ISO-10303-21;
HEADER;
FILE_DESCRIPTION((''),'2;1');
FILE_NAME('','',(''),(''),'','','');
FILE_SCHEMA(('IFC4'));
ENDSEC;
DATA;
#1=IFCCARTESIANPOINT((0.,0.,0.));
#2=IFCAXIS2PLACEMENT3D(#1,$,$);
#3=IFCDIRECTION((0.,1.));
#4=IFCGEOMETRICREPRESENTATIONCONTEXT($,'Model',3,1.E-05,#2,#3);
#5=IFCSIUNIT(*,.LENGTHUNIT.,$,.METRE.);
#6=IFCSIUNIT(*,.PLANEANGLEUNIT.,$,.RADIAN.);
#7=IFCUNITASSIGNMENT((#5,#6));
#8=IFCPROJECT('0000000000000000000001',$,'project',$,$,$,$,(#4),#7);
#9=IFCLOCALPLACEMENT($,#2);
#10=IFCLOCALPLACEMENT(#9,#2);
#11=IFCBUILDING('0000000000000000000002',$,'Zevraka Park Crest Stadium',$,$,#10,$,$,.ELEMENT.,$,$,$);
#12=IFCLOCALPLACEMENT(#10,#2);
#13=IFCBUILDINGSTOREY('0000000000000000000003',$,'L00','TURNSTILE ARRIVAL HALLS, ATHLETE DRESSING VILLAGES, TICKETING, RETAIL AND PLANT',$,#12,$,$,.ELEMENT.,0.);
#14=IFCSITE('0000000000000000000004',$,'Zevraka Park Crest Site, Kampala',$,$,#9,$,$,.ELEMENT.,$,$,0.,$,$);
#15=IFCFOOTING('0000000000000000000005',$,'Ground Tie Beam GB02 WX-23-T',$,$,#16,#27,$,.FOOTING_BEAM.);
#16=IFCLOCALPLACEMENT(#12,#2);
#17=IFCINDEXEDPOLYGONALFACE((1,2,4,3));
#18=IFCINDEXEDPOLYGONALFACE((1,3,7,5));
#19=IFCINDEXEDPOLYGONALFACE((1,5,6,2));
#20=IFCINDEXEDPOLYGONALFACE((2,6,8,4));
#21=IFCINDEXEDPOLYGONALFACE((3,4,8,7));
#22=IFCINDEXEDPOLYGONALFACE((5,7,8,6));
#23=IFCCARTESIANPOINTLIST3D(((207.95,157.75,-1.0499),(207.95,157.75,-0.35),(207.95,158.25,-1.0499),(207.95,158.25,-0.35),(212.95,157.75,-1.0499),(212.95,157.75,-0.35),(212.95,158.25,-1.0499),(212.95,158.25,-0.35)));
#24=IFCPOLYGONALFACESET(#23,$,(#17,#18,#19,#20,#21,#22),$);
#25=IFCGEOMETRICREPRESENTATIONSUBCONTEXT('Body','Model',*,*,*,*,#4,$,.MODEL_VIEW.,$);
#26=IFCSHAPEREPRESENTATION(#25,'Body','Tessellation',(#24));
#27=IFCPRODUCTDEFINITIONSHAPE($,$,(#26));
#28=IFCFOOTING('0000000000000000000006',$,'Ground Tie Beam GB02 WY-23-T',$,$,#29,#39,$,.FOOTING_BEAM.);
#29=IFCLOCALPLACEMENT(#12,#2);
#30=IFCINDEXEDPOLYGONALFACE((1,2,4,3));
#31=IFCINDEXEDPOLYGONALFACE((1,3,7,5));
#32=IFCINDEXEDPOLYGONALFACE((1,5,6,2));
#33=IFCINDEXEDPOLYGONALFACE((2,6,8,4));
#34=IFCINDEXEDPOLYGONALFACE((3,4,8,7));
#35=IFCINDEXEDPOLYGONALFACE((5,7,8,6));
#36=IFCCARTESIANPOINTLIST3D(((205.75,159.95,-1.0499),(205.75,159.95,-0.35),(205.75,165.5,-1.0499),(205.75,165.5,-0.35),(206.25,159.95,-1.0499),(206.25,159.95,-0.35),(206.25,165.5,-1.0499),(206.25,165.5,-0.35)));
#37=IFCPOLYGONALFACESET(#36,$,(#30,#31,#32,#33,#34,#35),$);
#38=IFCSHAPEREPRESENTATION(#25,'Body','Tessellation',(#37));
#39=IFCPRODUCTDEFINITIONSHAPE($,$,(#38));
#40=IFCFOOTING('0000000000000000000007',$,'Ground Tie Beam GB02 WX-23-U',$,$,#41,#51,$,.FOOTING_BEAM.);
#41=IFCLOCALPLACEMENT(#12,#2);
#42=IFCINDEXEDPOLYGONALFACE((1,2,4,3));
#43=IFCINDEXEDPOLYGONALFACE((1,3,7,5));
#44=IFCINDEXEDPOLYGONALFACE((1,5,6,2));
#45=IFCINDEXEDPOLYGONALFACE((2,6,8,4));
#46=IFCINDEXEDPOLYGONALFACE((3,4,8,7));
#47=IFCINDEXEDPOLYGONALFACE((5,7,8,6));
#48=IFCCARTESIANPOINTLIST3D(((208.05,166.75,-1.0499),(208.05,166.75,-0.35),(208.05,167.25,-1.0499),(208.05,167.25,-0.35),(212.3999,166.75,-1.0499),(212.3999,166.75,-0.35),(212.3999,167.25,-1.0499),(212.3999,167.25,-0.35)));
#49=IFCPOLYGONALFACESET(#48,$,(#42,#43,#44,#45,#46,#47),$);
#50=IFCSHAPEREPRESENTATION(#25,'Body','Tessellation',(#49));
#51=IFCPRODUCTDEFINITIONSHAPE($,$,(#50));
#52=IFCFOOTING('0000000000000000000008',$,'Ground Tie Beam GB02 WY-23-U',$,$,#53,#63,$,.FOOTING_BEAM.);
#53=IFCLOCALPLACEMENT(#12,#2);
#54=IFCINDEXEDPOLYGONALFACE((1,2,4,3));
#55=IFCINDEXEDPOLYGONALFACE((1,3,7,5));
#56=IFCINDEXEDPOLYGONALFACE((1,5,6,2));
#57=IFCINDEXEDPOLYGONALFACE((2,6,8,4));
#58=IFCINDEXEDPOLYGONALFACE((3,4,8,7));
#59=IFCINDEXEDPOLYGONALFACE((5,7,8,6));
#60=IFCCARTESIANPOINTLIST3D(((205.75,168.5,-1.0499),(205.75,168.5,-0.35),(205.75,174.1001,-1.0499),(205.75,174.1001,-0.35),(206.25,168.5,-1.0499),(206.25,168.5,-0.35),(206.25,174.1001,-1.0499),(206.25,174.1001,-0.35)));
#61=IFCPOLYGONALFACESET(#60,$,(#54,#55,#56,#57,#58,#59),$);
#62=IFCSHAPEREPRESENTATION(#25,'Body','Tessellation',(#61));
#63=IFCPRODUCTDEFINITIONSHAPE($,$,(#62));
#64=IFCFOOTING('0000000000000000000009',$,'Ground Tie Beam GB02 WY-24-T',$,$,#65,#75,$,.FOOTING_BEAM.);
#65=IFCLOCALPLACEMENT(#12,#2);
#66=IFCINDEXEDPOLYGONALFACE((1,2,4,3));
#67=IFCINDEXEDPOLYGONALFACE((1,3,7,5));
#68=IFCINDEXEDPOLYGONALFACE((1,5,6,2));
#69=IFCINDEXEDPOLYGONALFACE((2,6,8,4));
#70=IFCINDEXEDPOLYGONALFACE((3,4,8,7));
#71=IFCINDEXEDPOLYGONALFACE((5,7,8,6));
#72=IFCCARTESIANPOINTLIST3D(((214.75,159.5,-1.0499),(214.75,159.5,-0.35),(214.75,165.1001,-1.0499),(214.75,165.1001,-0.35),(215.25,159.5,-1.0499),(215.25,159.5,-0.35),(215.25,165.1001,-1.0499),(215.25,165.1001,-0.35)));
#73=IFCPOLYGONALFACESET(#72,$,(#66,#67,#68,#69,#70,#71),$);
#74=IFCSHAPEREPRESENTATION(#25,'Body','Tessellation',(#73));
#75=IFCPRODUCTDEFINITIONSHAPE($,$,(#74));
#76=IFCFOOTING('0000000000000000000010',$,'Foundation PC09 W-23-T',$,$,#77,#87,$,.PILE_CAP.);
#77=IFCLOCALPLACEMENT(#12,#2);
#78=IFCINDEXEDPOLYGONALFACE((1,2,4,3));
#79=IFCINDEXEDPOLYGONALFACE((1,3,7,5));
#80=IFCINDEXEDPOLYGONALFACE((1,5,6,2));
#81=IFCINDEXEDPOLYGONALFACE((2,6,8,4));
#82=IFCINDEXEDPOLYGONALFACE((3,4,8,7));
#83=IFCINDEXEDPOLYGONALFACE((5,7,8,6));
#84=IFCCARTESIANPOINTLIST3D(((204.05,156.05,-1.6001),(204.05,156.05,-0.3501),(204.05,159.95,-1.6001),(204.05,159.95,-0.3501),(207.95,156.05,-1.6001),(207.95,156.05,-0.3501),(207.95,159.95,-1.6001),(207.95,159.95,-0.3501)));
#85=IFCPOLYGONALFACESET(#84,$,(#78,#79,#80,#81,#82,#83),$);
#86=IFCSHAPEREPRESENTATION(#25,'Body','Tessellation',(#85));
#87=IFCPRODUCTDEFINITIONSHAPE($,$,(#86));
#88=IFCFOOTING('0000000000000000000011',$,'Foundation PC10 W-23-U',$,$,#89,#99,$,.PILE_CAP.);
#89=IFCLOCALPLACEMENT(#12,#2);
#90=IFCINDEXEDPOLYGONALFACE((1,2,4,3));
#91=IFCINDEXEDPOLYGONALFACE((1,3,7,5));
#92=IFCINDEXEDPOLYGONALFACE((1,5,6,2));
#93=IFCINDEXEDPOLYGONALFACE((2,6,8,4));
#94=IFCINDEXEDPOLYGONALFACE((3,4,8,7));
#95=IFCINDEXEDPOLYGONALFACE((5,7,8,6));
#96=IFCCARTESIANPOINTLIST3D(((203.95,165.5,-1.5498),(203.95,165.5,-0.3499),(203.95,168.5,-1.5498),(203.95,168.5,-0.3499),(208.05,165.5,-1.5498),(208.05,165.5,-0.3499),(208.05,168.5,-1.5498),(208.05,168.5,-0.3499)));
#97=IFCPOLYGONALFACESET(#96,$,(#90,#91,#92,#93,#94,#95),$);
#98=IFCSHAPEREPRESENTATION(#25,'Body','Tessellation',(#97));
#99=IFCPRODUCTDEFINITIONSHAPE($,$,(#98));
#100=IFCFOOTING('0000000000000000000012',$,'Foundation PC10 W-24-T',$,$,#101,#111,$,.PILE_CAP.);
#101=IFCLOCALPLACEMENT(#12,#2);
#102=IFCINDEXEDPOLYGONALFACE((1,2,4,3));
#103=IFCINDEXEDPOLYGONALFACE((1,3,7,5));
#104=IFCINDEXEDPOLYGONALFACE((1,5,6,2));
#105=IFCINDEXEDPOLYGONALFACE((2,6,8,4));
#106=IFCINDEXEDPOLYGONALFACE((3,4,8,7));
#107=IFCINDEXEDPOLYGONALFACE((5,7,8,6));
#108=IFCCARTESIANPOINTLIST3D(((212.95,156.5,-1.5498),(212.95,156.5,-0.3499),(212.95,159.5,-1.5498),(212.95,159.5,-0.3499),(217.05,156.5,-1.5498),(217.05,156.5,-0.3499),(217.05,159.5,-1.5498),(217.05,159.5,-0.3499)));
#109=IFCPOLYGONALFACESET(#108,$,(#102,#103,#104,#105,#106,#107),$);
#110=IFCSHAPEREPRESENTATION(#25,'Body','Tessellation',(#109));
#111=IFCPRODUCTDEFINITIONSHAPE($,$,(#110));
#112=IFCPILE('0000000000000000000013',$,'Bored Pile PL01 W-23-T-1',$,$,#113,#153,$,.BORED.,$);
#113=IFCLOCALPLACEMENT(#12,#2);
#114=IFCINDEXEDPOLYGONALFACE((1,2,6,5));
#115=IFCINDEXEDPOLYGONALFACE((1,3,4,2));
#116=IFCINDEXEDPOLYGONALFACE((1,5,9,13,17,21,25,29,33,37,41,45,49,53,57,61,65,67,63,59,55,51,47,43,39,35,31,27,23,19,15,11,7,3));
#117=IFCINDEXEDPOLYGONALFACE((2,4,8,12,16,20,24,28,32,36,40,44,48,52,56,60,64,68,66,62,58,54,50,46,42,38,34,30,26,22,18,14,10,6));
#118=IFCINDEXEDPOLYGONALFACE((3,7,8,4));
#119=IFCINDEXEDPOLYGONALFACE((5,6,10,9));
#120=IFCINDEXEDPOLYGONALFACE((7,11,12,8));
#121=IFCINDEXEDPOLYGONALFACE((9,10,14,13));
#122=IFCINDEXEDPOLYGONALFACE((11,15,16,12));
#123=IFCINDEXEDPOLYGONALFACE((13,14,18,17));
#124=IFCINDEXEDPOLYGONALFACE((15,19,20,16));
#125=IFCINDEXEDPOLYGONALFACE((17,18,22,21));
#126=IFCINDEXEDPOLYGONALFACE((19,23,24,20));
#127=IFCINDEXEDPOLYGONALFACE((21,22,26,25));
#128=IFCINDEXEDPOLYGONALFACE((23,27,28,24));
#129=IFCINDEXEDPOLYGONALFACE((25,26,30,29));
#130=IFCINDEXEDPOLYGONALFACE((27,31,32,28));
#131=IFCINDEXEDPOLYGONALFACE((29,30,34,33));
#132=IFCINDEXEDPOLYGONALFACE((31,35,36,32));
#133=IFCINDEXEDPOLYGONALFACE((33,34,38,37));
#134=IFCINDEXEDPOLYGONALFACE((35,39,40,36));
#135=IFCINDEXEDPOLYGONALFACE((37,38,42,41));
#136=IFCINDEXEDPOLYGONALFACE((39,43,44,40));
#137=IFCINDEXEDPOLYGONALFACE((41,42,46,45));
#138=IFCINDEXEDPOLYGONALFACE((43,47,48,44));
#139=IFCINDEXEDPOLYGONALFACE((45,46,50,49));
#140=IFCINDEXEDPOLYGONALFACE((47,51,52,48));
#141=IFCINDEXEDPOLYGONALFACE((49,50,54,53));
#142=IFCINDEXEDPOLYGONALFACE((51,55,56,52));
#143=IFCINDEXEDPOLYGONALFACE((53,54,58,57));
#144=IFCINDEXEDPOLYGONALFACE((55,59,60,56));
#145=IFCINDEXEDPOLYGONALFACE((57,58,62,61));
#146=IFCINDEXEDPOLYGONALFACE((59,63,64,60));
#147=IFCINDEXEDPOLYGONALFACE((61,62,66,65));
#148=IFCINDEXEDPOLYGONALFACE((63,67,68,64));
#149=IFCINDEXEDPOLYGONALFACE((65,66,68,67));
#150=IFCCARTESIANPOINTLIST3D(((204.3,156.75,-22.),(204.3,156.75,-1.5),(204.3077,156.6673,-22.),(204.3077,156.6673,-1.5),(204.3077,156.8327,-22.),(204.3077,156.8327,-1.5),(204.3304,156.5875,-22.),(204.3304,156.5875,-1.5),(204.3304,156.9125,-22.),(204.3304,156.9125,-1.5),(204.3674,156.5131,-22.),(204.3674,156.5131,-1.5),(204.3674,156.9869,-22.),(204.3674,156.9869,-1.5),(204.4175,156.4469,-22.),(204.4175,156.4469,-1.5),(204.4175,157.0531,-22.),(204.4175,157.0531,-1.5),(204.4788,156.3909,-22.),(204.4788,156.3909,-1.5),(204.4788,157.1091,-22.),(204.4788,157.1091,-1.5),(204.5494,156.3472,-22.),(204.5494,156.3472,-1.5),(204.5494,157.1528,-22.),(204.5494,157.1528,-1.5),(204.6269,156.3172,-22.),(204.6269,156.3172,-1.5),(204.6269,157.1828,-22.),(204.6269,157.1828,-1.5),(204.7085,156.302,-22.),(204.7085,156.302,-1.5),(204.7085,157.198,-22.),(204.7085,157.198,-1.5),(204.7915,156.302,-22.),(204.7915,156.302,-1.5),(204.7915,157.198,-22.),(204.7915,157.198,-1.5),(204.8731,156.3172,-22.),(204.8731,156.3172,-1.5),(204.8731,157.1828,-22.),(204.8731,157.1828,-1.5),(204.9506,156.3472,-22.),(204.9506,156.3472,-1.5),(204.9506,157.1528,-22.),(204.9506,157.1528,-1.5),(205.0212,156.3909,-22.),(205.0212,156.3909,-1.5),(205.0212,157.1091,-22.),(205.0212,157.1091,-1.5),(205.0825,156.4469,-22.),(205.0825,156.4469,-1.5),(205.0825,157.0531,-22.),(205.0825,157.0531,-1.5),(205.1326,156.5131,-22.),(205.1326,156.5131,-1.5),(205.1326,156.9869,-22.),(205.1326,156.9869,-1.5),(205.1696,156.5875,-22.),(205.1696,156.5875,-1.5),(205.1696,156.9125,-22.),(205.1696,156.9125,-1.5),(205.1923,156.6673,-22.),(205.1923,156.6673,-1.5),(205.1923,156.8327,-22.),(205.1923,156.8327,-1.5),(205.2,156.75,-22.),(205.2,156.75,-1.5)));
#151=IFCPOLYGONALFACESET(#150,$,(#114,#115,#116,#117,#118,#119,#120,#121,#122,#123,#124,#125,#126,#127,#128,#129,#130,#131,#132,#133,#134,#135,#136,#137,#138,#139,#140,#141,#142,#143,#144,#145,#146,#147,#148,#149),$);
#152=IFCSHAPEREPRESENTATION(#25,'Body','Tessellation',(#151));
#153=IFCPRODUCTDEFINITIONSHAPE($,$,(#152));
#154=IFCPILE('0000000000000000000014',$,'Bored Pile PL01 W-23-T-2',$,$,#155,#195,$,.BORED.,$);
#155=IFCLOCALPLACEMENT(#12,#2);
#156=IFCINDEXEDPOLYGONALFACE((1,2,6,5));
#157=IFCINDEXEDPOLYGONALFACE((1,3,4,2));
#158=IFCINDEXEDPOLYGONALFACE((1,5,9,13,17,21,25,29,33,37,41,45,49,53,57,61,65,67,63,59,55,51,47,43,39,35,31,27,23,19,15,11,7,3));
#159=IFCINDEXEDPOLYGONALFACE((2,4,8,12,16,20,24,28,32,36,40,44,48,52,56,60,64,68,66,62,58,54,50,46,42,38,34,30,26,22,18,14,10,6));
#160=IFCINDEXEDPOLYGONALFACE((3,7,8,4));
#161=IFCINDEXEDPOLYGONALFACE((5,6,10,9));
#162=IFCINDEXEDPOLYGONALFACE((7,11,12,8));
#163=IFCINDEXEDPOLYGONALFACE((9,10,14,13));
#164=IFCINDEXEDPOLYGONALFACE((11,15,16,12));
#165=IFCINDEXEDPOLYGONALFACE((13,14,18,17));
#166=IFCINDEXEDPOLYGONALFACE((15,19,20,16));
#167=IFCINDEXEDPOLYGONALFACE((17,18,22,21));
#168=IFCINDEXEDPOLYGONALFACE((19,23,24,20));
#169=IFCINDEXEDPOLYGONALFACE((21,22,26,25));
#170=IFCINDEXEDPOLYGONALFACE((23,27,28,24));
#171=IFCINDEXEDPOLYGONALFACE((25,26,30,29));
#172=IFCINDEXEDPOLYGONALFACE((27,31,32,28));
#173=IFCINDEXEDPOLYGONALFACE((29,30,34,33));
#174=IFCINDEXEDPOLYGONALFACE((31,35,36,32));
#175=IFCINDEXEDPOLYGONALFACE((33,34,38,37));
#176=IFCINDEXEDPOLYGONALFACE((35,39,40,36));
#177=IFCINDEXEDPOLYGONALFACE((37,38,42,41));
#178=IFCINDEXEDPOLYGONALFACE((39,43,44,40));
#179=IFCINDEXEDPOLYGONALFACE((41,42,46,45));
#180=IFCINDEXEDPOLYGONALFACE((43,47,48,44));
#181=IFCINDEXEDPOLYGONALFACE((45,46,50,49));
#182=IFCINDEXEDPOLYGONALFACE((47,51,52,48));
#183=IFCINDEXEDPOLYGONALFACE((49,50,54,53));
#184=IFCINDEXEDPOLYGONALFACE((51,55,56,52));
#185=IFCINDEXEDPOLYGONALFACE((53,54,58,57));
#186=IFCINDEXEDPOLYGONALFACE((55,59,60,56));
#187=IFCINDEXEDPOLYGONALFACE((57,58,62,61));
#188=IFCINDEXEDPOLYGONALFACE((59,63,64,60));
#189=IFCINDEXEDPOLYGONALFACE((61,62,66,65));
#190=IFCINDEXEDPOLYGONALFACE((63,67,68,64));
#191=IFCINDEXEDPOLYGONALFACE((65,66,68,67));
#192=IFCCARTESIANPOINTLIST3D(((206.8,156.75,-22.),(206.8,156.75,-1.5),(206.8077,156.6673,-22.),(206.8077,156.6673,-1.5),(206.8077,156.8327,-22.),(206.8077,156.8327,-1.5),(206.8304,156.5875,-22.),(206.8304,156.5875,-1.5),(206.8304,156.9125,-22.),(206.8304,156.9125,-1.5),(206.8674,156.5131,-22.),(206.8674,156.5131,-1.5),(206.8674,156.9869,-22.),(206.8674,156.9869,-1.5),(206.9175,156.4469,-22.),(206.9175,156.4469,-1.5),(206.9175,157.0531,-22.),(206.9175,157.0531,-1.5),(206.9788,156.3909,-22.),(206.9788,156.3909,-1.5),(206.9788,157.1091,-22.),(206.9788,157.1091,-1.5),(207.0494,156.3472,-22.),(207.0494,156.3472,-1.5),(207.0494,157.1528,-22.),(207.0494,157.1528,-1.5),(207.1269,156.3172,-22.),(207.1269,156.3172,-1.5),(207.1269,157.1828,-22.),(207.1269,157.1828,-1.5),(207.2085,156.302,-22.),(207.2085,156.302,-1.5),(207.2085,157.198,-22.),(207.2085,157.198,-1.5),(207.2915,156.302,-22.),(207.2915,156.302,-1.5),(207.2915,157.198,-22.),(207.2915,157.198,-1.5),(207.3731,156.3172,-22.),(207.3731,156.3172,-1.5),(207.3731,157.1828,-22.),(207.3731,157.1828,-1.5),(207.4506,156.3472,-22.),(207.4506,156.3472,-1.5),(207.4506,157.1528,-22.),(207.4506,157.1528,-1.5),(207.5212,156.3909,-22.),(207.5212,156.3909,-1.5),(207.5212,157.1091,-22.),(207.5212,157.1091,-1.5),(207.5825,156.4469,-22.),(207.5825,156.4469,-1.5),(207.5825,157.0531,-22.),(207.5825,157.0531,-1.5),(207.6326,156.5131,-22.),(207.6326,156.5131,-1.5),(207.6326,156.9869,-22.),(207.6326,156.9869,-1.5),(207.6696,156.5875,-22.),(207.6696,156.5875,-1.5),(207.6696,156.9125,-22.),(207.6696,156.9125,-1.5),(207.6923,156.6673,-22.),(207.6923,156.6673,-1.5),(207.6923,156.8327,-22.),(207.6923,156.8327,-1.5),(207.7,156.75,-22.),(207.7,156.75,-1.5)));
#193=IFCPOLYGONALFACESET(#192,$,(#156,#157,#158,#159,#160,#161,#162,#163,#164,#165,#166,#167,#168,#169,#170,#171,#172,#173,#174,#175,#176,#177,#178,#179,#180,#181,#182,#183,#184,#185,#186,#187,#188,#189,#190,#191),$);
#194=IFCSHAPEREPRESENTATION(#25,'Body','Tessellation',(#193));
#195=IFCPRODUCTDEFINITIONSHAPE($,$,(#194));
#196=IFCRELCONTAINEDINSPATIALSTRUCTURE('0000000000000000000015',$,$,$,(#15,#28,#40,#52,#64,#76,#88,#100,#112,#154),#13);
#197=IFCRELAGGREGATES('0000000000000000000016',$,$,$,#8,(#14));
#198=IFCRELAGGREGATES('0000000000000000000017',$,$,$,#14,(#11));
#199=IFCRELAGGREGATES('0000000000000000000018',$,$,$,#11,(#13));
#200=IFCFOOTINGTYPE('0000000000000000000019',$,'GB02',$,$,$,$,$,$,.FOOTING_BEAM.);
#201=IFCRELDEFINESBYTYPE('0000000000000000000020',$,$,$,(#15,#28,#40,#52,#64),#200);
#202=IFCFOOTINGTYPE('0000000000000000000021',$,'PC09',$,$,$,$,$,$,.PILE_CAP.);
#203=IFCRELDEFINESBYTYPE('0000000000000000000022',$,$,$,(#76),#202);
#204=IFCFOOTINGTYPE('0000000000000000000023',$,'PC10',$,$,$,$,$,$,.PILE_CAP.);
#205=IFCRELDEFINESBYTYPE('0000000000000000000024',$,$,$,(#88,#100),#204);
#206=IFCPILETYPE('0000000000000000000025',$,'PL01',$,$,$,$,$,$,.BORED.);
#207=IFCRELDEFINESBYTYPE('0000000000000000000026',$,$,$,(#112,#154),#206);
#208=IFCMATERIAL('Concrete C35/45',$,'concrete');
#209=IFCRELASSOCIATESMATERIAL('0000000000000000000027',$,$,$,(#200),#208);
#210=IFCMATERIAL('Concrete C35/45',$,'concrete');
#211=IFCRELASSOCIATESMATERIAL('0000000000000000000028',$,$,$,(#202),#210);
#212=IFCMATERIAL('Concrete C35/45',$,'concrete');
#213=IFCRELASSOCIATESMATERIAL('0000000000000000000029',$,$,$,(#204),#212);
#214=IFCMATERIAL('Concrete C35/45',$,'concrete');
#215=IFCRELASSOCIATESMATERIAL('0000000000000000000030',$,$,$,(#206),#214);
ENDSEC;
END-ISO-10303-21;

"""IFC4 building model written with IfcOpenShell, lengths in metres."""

from ifc_helpers import new_model, si_unit, direction, frame, origin, origin_2d, place, context, subcontext, project, spatial, rectangle, circle, extrude, material, material_profile, profile_set, type_object, element, save


model = new_model("IFC4")

# Units and contexts
model_context = context("Model", 3, precision=1e-05, world=origin(), true_north=direction((0.0, 1.0)))
body_context = subcontext(model_context, "Body", "Model", "MODEL_VIEW")
ifc_project = project(units=[si_unit("LENGTHUNIT", "METRE"), si_unit("PLANEANGLEUNIT", "RADIAN")], contexts=[model_context])

# Site, building, storey
site_placement = place(None, origin())
site = spatial("IfcSite", under=ifc_project, at=site_placement, Name="Zevraka Park Crest Site, Kampala", CompositionType="ELEMENT", RefElevation=0.0)
building_placement = place(site_placement, origin())
building = spatial("IfcBuilding", under=site, at=building_placement, Name="Zevraka Park Crest Stadium", CompositionType="ELEMENT")
storey_placement = place(building_placement, origin())
storey = spatial("IfcBuildingStorey", under=building, at=storey_placement, Name="L00", Description="TURNSTILE ARRIVAL HALLS, ATHLETE DRESSING VILLAGES, TICKETING, RETAIL AND PLANT", CompositionType="ELEMENT", Elevation=0.0)

# Footings
ifc_material_1 = material(Name="Concrete C35/45", Category="concrete")
ifc_material_profile_1 = material_profile(ifc_material_1, rectangle(XDim=0.5, YDim=0.7, at=origin_2d()), Name="GB 700x500")
ifc_profile_set_1 = profile_set([ifc_material_profile_1], Name="Concrete C35/45")
footing_type_1 = type_object("IfcFootingType", Name="GB02", PredefinedType="FOOTING_BEAM", material=ifc_profile_set_1)
footing_1_placement = place(storey_placement, frame((207.95, 158.0, -0.7), z_axis=(1.0, 0.0, 0.0), x_axis=(0.0, 1.0, 0.0)))
element("IfcFooting", 1, at=footing_1_placement, inside=storey, type_object=footing_type_1, Name="Ground Tie Beam GB02 WX-23-T", PredefinedType="FOOTING_BEAM", context=body_context, shape_type="SweptSolid", body=[
    extrude(rectangle(XDim=0.5, YDim=0.7, at=origin_2d()), origin(), (0.0, 0.0, 1.0), 5.0),
])
footing_2_placement = place(storey_placement, frame((206.0, 159.95, -0.7), z_axis=(0.0, 1.0, 0.0), x_axis=(-1.0, 0.0, 0.0)))
element("IfcFooting", 2, at=footing_2_placement, inside=storey, type_object=footing_type_1, Name="Ground Tie Beam GB02 WY-23-T", PredefinedType="FOOTING_BEAM", context=body_context, shape_type="SweptSolid", body=[
    extrude(rectangle(XDim=0.5, YDim=0.7, at=origin_2d()), origin(), (0.0, 0.0, 1.0), 5.55),
])
footing_3_placement = place(storey_placement, frame((208.05, 167.0, -0.7), z_axis=(1.0, 0.0, 0.0), x_axis=(0.0, 1.0, 0.0)))
element("IfcFooting", 3, at=footing_3_placement, inside=storey, type_object=footing_type_1, Name="Ground Tie Beam GB02 WX-23-U", PredefinedType="FOOTING_BEAM", context=body_context, shape_type="SweptSolid", body=[
    extrude(rectangle(XDim=0.5, YDim=0.7, at=origin_2d()), origin(), (0.0, 0.0, 1.0), 4.3499),
])
for number, where, z_axis, x_axis, name in (
    (4, (206.0, 168.5, -0.7), (0.0, 1.0, 0.0), (-1.0, 0.0, 0.0), "Ground Tie Beam GB02 WY-23-U"),
    (5, (215.0, 159.5, -0.7), (0.0, 1.0, 0.0), (-1.0, 0.0, 0.0), "Ground Tie Beam GB02 WY-24-T"),
):
    element("IfcFooting", number, at=place(storey_placement, frame(where, z_axis=z_axis, x_axis=x_axis)), inside=storey, type_object=footing_type_1, Name=name, PredefinedType="FOOTING_BEAM", context=body_context, shape_type="SweptSolid", body=[
        extrude(rectangle(XDim=0.5, YDim=0.7, at=origin_2d()), origin(), (0.0, 0.0, 1.0), 5.6001),
    ])
ifc_material_2 = material(Name="Concrete C35/45", Category="concrete")
footing_type_2 = type_object("IfcFootingType", Name="PC09", PredefinedType="PILE_CAP", material=ifc_material_2)
footing_4_placement = place(storey_placement, frame((206.0, 158.0, -1.6001), z_axis=(0.0, 0.0, 1.0), x_axis=(1.0, 0.0, 0.0)))
element("IfcFooting", 6, at=footing_4_placement, inside=storey, type_object=footing_type_2, Name="Foundation PC09 W-23-T", PredefinedType="PILE_CAP", context=body_context, shape_type="SweptSolid", body=[
    extrude(rectangle(XDim=3.8999, YDim=3.8999, at=origin_2d()), origin(), (0.0, 0.0, 1.0), 1.25),
])
ifc_material_3 = material(Name="Concrete C35/45", Category="concrete")
footing_type_3 = type_object("IfcFootingType", Name="PC10", PredefinedType="PILE_CAP", material=ifc_material_3)
for number, where, z_axis, x_axis, name in (
    (7, (206.0, 167.0, -1.5498), (0.0, 0.0, 1.0), (1.0, 0.0, 0.0), "Foundation PC10 W-23-U"),
    (8, (215.0, 158.0, -1.5498), (0.0, 0.0, 1.0), (1.0, 0.0, 0.0), "Foundation PC10 W-24-T"),
):
    element("IfcFooting", number, at=place(storey_placement, frame(where, z_axis=z_axis, x_axis=x_axis)), inside=storey, type_object=footing_type_3, Name=name, PredefinedType="PILE_CAP", context=body_context, shape_type="SweptSolid", body=[
        extrude(rectangle(XDim=4.1001, YDim=3.0, at=origin_2d()), origin(), (0.0, 0.0, 1.0), 1.2),
    ])

# Piles
ifc_material_4 = material(Name="Concrete C35/45", Category="concrete")
ifc_material_profile_2 = material_profile(ifc_material_4, circle(Radius=0.45, at=origin_2d()), Name="PILE D900")
ifc_profile_set_2 = profile_set([ifc_material_profile_2], Name="Concrete C35/45")
pile_type = type_object("IfcPileType", Name="PL01", PredefinedType="BORED", material=ifc_profile_set_2)
for number, where, z_axis, x_axis, name in (
    (9, (204.75, 156.75, -1.5), (0.0, 0.0, -1.0), (1.0, 0.0, 0.0), "Bored Pile PL01 W-23-T-1"),
    (10, (207.25, 156.75, -1.5), (0.0, 0.0, -1.0), (1.0, 0.0, 0.0), "Bored Pile PL01 W-23-T-2"),
):
    element("IfcPile", number, at=place(storey_placement, frame(where, z_axis=z_axis, x_axis=x_axis)), inside=storey, type_object=pile_type, Name=name, PredefinedType="BORED", context=body_context, shape_type="SweptSolid", body=[
        extrude(circle(Radius=0.45, at=origin_2d()), origin(), (0.0, 0.0, 1.0), 20.5),
    ])

save(model, "model.ifc")
